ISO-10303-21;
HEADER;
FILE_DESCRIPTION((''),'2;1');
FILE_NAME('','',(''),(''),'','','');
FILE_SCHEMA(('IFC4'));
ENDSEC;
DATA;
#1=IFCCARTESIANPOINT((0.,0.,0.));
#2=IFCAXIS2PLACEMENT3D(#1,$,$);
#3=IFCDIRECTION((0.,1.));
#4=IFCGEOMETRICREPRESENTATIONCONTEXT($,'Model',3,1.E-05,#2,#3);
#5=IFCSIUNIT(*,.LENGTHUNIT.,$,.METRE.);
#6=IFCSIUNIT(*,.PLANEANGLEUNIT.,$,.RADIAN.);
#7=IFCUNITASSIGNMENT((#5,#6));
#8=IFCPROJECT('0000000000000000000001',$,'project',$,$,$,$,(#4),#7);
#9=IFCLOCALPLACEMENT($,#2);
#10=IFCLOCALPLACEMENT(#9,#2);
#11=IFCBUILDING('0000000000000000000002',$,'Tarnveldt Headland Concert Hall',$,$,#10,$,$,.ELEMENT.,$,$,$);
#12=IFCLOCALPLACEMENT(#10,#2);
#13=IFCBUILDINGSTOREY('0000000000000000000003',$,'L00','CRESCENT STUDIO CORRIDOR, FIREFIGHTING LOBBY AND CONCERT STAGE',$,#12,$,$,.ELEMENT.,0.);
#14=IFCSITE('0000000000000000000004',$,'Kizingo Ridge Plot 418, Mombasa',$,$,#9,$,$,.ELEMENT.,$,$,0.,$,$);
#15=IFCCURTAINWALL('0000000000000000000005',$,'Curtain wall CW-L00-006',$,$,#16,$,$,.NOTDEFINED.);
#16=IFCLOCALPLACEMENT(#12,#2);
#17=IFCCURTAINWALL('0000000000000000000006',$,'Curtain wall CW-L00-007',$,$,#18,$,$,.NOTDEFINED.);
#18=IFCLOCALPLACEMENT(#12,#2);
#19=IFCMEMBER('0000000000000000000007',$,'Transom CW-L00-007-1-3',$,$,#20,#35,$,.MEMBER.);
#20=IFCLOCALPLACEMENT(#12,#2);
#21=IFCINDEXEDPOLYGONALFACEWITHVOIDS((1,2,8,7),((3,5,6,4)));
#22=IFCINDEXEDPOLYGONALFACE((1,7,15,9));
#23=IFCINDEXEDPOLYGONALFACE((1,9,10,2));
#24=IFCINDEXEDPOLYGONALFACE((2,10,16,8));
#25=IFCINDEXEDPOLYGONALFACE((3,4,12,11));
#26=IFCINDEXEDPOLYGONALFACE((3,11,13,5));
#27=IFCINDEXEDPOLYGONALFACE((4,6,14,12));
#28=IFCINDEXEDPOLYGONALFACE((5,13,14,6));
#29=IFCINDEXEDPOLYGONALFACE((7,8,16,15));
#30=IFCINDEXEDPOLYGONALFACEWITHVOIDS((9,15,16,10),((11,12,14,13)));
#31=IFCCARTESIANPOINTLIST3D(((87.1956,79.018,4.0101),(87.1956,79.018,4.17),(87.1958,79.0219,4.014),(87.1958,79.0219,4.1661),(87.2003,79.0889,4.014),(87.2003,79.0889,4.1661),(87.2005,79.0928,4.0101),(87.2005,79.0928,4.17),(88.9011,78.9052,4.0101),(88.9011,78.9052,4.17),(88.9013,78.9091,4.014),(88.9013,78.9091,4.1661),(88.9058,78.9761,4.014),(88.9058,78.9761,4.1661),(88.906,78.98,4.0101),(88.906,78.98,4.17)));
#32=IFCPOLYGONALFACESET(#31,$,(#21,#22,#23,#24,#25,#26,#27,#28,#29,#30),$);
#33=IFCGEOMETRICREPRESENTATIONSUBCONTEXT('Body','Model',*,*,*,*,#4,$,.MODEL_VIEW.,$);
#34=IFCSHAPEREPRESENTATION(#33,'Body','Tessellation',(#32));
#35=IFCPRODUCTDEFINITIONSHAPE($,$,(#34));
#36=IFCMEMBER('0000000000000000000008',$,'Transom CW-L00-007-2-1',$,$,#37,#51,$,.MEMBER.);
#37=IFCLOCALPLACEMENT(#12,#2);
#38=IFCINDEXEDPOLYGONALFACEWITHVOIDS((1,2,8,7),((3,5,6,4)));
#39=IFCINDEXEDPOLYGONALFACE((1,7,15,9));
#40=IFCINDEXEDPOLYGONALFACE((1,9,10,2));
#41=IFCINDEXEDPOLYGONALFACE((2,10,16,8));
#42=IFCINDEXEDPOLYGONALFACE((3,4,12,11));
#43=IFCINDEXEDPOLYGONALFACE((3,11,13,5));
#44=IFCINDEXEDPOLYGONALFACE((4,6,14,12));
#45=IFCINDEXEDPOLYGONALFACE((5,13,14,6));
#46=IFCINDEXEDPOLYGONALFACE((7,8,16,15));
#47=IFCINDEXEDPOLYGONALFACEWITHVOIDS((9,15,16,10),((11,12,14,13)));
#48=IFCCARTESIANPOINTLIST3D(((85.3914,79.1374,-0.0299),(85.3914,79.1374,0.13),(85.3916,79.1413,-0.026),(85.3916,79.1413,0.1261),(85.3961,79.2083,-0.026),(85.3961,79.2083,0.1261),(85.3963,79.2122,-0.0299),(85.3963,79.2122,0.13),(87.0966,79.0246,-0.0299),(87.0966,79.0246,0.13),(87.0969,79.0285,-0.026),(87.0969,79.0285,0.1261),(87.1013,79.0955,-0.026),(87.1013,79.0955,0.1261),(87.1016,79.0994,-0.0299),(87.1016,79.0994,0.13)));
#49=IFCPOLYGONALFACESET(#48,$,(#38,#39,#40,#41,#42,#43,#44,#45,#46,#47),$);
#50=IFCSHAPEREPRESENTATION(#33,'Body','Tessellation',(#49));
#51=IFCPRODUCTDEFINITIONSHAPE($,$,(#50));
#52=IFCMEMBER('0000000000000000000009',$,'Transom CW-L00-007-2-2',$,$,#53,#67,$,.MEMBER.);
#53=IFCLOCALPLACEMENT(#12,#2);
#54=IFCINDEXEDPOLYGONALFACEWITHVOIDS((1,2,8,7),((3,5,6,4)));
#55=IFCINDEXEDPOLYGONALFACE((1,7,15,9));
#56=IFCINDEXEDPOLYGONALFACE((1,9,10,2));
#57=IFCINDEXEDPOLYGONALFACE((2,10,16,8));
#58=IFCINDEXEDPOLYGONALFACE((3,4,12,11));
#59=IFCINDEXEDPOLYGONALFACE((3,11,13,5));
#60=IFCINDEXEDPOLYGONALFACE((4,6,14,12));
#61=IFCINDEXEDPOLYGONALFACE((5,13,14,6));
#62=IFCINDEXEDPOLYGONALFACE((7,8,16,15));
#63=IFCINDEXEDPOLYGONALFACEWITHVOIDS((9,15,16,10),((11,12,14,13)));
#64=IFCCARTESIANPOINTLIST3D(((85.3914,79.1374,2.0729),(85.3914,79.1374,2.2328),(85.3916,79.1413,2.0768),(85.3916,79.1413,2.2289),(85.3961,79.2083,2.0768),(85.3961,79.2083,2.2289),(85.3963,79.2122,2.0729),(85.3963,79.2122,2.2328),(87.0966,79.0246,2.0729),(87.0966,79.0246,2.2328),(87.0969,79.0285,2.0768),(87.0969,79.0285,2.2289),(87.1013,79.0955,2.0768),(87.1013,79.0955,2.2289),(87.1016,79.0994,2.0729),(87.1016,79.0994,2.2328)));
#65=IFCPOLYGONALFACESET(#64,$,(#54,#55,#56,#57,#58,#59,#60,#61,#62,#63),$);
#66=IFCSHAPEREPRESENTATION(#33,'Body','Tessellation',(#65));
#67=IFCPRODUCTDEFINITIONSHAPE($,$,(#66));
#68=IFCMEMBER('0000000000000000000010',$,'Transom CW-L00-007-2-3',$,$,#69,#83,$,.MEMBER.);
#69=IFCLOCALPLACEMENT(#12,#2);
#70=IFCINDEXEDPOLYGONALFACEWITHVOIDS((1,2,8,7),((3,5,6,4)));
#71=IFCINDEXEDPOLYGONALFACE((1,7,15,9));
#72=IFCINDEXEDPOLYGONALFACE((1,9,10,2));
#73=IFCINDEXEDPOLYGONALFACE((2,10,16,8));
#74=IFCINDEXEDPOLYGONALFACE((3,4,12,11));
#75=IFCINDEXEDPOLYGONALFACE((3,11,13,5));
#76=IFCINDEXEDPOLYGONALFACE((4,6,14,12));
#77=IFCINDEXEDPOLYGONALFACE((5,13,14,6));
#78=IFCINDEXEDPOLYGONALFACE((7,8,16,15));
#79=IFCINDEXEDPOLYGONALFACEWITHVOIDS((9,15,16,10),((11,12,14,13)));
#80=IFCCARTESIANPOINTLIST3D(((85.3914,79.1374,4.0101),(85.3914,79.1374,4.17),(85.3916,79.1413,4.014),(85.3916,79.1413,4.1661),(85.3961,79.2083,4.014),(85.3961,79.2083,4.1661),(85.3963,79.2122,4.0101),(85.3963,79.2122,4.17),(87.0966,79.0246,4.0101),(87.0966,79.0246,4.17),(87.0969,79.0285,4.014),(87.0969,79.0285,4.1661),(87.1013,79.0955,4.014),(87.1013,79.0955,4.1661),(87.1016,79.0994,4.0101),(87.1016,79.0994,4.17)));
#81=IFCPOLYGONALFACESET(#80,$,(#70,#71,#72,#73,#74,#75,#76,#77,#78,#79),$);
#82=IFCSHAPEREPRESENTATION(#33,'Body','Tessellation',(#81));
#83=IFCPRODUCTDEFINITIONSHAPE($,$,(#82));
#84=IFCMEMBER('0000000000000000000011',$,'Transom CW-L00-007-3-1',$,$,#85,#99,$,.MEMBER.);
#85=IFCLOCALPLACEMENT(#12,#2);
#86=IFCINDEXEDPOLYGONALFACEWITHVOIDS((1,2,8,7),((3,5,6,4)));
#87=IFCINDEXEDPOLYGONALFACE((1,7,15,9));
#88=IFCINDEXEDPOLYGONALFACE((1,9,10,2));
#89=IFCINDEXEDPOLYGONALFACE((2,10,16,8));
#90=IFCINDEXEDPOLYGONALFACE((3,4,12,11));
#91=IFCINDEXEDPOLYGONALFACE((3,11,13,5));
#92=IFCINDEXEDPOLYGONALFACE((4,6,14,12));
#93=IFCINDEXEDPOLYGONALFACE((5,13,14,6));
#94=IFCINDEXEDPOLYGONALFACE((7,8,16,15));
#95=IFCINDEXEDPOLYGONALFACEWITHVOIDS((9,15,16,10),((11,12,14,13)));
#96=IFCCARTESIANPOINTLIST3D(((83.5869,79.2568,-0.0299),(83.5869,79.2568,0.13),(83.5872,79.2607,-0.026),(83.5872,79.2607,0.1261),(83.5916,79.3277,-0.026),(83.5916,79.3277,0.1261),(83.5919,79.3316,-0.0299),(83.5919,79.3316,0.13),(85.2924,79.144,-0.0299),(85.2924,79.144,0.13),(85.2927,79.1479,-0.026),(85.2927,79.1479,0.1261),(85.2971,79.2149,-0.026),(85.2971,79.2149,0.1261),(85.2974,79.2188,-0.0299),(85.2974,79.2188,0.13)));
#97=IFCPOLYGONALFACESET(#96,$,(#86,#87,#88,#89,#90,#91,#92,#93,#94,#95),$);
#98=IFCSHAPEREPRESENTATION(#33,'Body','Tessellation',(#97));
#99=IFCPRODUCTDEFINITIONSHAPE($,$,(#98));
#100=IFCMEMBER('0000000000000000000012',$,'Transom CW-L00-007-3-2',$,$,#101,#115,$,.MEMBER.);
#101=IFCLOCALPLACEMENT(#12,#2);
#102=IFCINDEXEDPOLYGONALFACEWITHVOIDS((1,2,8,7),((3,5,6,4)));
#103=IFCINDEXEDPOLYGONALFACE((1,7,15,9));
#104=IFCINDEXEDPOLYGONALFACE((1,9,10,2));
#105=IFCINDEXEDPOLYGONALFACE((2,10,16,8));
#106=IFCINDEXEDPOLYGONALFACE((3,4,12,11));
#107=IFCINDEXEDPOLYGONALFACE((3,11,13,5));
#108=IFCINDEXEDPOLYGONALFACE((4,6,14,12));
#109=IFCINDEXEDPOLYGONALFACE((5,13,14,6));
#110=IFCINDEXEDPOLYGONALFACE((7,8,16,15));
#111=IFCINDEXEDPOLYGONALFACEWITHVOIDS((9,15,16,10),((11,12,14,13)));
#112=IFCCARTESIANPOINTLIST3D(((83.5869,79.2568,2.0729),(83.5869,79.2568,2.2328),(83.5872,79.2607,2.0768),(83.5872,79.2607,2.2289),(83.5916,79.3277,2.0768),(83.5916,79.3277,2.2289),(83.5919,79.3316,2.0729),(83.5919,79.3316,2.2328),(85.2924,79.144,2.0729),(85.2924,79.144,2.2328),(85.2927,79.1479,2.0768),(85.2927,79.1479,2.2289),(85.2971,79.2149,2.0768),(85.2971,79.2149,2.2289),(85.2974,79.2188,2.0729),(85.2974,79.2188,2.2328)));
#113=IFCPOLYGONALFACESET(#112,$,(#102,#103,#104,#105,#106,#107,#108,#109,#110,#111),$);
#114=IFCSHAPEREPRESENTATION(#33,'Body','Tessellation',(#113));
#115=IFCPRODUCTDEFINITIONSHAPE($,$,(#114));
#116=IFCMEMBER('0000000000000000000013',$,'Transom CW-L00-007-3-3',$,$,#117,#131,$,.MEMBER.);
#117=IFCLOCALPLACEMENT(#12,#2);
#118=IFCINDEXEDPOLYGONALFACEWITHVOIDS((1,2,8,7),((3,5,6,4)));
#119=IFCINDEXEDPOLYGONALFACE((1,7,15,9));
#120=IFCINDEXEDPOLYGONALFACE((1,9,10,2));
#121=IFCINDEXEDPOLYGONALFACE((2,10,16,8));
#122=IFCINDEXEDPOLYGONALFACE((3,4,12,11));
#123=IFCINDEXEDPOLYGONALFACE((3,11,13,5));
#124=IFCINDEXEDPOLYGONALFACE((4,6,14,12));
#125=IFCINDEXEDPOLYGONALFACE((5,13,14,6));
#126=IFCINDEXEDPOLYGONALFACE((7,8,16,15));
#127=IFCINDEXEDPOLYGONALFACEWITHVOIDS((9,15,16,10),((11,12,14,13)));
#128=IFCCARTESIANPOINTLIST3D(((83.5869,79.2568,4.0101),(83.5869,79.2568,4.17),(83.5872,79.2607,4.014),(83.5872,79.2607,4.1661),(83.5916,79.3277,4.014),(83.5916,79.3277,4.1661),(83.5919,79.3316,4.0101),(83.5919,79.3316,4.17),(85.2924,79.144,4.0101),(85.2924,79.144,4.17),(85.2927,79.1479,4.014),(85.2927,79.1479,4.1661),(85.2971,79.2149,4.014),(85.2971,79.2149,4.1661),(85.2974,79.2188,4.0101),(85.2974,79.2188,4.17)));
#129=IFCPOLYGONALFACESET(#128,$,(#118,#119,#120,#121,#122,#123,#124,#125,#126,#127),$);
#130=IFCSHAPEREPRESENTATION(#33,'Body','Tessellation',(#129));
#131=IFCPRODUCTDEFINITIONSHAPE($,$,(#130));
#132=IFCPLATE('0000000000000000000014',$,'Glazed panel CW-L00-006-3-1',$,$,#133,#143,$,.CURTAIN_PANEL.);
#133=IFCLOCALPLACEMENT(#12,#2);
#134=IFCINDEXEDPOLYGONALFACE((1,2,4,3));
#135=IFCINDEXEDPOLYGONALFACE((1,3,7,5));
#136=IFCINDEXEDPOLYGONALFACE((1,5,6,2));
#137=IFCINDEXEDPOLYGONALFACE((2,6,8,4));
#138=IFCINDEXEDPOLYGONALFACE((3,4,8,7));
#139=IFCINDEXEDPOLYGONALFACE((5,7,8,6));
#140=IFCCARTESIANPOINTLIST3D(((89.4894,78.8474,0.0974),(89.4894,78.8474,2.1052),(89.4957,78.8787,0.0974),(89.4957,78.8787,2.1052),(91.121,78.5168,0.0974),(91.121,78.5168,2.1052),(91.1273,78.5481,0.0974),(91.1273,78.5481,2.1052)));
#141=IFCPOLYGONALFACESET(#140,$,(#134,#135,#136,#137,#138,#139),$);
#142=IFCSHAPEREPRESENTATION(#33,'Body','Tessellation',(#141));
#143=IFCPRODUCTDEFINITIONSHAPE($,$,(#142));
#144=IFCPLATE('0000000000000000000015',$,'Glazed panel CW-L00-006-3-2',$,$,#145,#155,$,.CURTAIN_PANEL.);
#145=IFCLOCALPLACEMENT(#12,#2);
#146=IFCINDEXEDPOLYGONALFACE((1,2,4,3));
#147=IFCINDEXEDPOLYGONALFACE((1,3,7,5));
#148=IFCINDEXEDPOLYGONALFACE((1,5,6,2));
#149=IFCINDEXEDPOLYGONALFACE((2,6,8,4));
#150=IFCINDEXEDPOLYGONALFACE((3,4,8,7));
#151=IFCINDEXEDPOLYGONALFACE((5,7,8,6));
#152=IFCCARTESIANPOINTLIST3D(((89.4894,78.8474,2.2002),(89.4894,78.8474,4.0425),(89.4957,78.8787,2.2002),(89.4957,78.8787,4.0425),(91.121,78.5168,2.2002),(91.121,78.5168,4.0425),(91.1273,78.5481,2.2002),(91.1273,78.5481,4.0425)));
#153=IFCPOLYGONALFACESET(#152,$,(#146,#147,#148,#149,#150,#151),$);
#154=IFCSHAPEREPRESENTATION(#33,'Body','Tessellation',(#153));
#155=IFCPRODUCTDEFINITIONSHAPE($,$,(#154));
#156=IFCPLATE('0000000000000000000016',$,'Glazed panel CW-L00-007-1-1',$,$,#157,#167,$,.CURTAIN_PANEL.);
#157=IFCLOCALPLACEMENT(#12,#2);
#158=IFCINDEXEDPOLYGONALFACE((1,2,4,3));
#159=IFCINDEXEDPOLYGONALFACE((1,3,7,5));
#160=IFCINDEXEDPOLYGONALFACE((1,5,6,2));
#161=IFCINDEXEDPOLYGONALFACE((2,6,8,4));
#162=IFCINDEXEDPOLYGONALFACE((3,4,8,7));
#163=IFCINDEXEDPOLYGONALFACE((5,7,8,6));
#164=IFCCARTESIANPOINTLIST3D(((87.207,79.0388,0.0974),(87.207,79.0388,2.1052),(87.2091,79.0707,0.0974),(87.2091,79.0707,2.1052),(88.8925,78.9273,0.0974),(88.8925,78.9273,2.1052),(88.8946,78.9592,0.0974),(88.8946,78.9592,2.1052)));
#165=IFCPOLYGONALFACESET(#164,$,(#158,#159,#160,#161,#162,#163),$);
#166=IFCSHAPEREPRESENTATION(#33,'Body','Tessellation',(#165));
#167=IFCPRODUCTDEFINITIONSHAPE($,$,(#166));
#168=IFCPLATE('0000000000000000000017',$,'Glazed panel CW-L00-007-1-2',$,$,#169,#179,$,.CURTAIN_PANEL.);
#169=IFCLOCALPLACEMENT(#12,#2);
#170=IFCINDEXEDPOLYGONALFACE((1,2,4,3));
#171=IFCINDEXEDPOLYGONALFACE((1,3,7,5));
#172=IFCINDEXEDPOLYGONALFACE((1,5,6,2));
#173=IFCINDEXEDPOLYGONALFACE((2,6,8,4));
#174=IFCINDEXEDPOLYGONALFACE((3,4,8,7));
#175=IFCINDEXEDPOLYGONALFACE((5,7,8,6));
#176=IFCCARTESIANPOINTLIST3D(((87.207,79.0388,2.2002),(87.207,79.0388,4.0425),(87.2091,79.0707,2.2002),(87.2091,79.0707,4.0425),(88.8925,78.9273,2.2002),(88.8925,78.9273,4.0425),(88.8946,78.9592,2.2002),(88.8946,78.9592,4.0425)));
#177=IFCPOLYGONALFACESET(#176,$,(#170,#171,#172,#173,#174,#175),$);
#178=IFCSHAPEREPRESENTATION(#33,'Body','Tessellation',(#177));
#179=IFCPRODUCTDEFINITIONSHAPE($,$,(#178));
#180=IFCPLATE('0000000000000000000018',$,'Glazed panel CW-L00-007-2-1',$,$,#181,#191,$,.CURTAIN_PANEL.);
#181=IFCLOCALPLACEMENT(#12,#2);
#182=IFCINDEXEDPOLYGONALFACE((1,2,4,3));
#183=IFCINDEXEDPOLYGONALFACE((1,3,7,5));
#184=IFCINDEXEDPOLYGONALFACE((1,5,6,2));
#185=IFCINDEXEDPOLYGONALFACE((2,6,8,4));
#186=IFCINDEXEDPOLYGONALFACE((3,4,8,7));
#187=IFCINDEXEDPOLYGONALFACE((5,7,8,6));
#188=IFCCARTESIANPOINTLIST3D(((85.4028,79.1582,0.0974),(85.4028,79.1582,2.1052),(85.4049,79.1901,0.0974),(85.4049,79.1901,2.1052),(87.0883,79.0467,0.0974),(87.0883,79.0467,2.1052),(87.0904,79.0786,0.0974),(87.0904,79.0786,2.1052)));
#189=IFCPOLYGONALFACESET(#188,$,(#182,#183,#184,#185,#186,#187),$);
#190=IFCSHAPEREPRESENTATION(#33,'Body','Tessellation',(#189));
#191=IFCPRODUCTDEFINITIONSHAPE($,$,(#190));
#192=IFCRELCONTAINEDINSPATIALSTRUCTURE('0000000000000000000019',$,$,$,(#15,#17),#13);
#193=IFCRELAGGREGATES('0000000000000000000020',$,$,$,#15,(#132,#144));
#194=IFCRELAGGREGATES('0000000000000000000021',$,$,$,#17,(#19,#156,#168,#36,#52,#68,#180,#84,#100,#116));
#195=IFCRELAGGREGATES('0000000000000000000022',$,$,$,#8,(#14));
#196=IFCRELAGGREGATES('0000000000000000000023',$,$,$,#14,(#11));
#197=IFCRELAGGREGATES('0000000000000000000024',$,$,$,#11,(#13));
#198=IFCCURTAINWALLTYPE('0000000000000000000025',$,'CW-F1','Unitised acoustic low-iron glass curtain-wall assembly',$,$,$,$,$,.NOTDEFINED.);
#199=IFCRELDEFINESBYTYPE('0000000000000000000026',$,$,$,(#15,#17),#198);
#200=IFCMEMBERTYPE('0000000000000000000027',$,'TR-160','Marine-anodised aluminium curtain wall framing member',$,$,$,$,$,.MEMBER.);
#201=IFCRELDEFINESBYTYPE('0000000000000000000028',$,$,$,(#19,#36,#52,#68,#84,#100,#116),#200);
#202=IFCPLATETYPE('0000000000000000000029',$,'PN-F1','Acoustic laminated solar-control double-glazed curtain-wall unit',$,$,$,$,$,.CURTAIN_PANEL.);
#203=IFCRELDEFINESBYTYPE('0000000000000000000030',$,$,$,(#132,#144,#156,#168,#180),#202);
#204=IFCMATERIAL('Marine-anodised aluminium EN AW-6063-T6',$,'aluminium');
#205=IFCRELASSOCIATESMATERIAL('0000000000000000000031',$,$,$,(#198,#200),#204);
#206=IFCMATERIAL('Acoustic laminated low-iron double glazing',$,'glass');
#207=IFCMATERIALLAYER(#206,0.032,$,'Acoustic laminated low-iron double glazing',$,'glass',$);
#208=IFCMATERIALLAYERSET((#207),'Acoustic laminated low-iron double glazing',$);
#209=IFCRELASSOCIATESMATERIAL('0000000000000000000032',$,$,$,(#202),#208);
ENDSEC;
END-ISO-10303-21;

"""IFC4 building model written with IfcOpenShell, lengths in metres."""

from ifc_helpers import new_model, si_unit, direction, frame, origin, origin_2d, place, context, subcontext, project, spatial, rectangle, hollow_rectangle, extrude, material, layer, layer_set, material_profile, profile_set, type_object, element, aggregate, save


model = new_model("IFC4")

# Units and contexts
model_context = context("Model", 3, precision=1e-05, world=origin(), true_north=direction((0.0, 1.0)))
body_context = subcontext(model_context, "Body", "Model", "MODEL_VIEW")
ifc_project = project(units=[si_unit("LENGTHUNIT", "METRE"), si_unit("PLANEANGLEUNIT", "RADIAN")], contexts=[model_context])

# Site, building, storey
site_placement = place(None, origin())
site = spatial("IfcSite", under=ifc_project, at=site_placement, Name="Kizingo Ridge Plot 418, Mombasa", CompositionType="ELEMENT", RefElevation=0.0)
building_placement = place(site_placement, origin())
building = spatial("IfcBuilding", under=site, at=building_placement, Name="Tarnveldt Headland Concert Hall", CompositionType="ELEMENT")
storey_placement = place(building_placement, origin())
storey = spatial("IfcBuildingStorey", under=building, at=storey_placement, Name="L00", Description="CRESCENT STUDIO CORRIDOR, FIREFIGHTING LOBBY AND CONCERT STAGE", CompositionType="ELEMENT", Elevation=0.0)

# Curtain walls
ifc_material_1 = material(Name="Marine-anodised aluminium EN AW-6063-T6", Category="aluminium")
curtain_wall_type = type_object("IfcCurtainWallType", Name="CW-F1", Description="Unitised acoustic low-iron glass curtain-wall assembly", PredefinedType="NOTDEFINED", material=ifc_material_1)
curtain_wall_1_placement = place(storey_placement, origin())
curtain_wall_1 = element("IfcCurtainWall", 1, at=curtain_wall_1_placement, inside=storey, type_object=curtain_wall_type, Name="Curtain wall CW-L00-006", PredefinedType="NOTDEFINED")
curtain_wall_2_placement = place(storey_placement, origin())
curtain_wall_2 = element("IfcCurtainWall", 2, at=curtain_wall_2_placement, inside=storey, type_object=curtain_wall_type, Name="Curtain wall CW-L00-007", PredefinedType="NOTDEFINED")

# Members
ifc_material_profile_1 = material_profile(ifc_material_1, hollow_rectangle(XDim=0.075, YDim=0.1599, WallThickness=0.0039, at=origin_2d()), Name="ALU TRANSOM 75x160x4", Category="aluminium")
ifc_profile_set_1 = profile_set([ifc_material_profile_1], Name="Marine-anodised aluminium EN AW-6063-T6")
member_type_1 = type_object("IfcMemberType", Name="TR-160", Description="Marine-anodised aluminium curtain wall framing member", PredefinedType="MEMBER", material=ifc_profile_set_1)
member_1_placement = place(storey_placement, frame((88.9036, 78.9426, 4.0901), z_axis=(-0.99782, 0.065988, 0.0), x_axis=(-0.065988, -0.99782, 0.0)))
member_1 = element("IfcMember", 3, at=member_1_placement, type_object=member_type_1, Name="Transom CW-L00-007-1-3", PredefinedType="MEMBER", context=body_context, shape_type="SweptSolid", body=[
    extrude(hollow_rectangle(XDim=0.075, YDim=0.1599, WallThickness=0.0039, at=origin_2d()), origin(), (0.0, 0.0, 1.0), 1.7092),
])
member_2_placement = place(storey_placement, frame((87.0991, 79.062, 0.05), z_axis=(-0.99782, 0.065998, 0.0), x_axis=(-0.065998, -0.99782, 0.0)))
member_2 = element("IfcMember", 4, at=member_2_placement, type_object=member_type_1, Name="Transom CW-L00-007-2-1", PredefinedType="MEMBER", context=body_context, shape_type="SweptSolid", body=[
    extrude(hollow_rectangle(XDim=0.075, YDim=0.1599, WallThickness=0.0039, at=origin_2d()), origin(), (0.0, 0.0, 1.0), 1.709),
])
member_3_placement = place(storey_placement, frame((87.0991, 79.062, 2.1528), z_axis=(-0.99782, 0.065998, 0.0), x_axis=(-0.065998, -0.99782, 0.0)))
member_3 = element("IfcMember", 5, at=member_3_placement, type_object=member_type_1, Name="Transom CW-L00-007-2-2", PredefinedType="MEMBER", context=body_context, shape_type="SweptSolid", body=[
    extrude(hollow_rectangle(XDim=0.075, YDim=0.1599, WallThickness=0.0039, at=origin_2d()), origin(), (0.0, 0.0, 1.0), 1.709),
])
member_4_placement = place(storey_placement, frame((87.0991, 79.062, 4.0901), z_axis=(-0.99782, 0.065998, 0.0), x_axis=(-0.065998, -0.99782, 0.0)))
member_4 = element("IfcMember", 6, at=member_4_placement, type_object=member_type_1, Name="Transom CW-L00-007-2-3", PredefinedType="MEMBER", context=body_context, shape_type="SweptSolid", body=[
    extrude(hollow_rectangle(XDim=0.075, YDim=0.1599, WallThickness=0.0039, at=origin_2d()), origin(), (0.0, 0.0, 1.0), 1.709),
])
member_5_placement = place(storey_placement, frame((85.2949, 79.1814, 0.05), z_axis=(-0.99782, 0.065988, 0.0), x_axis=(-0.065988, -0.99782, 0.0)))
member_5 = element("IfcMember", 7, at=member_5_placement, type_object=member_type_1, Name="Transom CW-L00-007-3-1", PredefinedType="MEMBER", context=body_context, shape_type="SweptSolid", body=[
    extrude(hollow_rectangle(XDim=0.075, YDim=0.1599, WallThickness=0.0039, at=origin_2d()), origin(), (0.0, 0.0, 1.0), 1.7092),
])
member_6_placement = place(storey_placement, frame((85.2949, 79.1814, 2.1528), z_axis=(-0.99782, 0.065988, 0.0), x_axis=(-0.065988, -0.99782, 0.0)))
member_6 = element("IfcMember", 8, at=member_6_placement, type_object=member_type_1, Name="Transom CW-L00-007-3-2", PredefinedType="MEMBER", context=body_context, shape_type="SweptSolid", body=[
    extrude(hollow_rectangle(XDim=0.075, YDim=0.1599, WallThickness=0.0039, at=origin_2d()), origin(), (0.0, 0.0, 1.0), 1.7092),
])
member_7_placement = place(storey_placement, frame((85.2949, 79.1814, 4.0901), z_axis=(-0.99782, 0.065988, 0.0), x_axis=(-0.065988, -0.99782, 0.0)))
member_7 = element("IfcMember", 9, at=member_7_placement, type_object=member_type_1, Name="Transom CW-L00-007-3-3", PredefinedType="MEMBER", context=body_context, shape_type="SweptSolid", body=[
    extrude(hollow_rectangle(XDim=0.075, YDim=0.1599, WallThickness=0.0039, at=origin_2d()), origin(), (0.0, 0.0, 1.0), 1.7092),
])

# Plates
ifc_material_2 = material(Name="Acoustic laminated low-iron double glazing", Category="glass")
ifc_layer_1 = layer(ifc_material_2, 0.032, Name="Acoustic laminated low-iron double glazing", Category="glass")
ifc_layer_set_1 = layer_set([ifc_layer_1], Name="Acoustic laminated low-iron double glazing")
plate_type = type_object("IfcPlateType", Name="PN-F1", Description="Acoustic laminated solar-control double-glazed curtain-wall unit", PredefinedType="CURTAIN_PANEL", material=ifc_layer_set_1)
plate_1_placement = place(storey_placement, frame((90.3083, 78.6978, 0.0974), z_axis=(0.0, 0.0, 1.0), x_axis=(-0.980088, 0.198564, 0.0)))
plate_1 = element("IfcPlate", 10, at=plate_1_placement, type_object=plate_type, Name="Glazed panel CW-L00-006-3-1", PredefinedType="CURTAIN_PANEL", context=body_context, shape_type="SweptSolid", body=[
    extrude(rectangle(XDim=1.6648, YDim=0.032, at=origin_2d()), origin(), (0.0, 0.0, 1.0), 2.0078),
])
plate_2_placement = place(storey_placement, frame((90.3083, 78.6978, 2.2002), z_axis=(0.0, 0.0, 1.0), x_axis=(-0.980088, 0.198564, 0.0)))
plate_2 = element("IfcPlate", 11, at=plate_2_placement, type_object=plate_type, Name="Glazed panel CW-L00-006-3-2", PredefinedType="CURTAIN_PANEL", context=body_context, shape_type="SweptSolid", body=[
    extrude(rectangle(XDim=1.6648, YDim=0.032, at=origin_2d()), origin(), (0.0, 0.0, 1.0), 1.8423),
])
aggregate(curtain_wall_1, [plate_1, plate_2])
plate_3_placement = place(storey_placement, frame((88.0508, 78.999, 0.0974), z_axis=(0.0, 0.0, 1.0), x_axis=(-0.997819, 0.066013, 0.0)))
plate_3 = element("IfcPlate", 12, at=plate_3_placement, type_object=plate_type, Name="Glazed panel CW-L00-007-1-1", PredefinedType="CURTAIN_PANEL", context=body_context, shape_type="SweptSolid", body=[
    extrude(rectangle(XDim=1.6892, YDim=0.032, at=origin_2d()), origin(), (0.0, 0.0, 1.0), 2.0078),
])
plate_4_placement = place(storey_placement, frame((88.0508, 78.999, 2.2002), z_axis=(0.0, 0.0, 1.0), x_axis=(-0.997819, 0.066013, 0.0)))
plate_4 = element("IfcPlate", 13, at=plate_4_placement, type_object=plate_type, Name="Glazed panel CW-L00-007-1-2", PredefinedType="CURTAIN_PANEL", context=body_context, shape_type="SweptSolid", body=[
    extrude(rectangle(XDim=1.6892, YDim=0.032, at=origin_2d()), origin(), (0.0, 0.0, 1.0), 1.8423),
])
plate_5_placement = place(storey_placement, frame((86.2466, 79.1184, 0.0974), z_axis=(0.0, 0.0, 1.0), x_axis=(-0.997819, 0.066013, 0.0)))
plate_5 = element("IfcPlate", 14, at=plate_5_placement, type_object=plate_type, Name="Glazed panel CW-L00-007-2-1", PredefinedType="CURTAIN_PANEL", context=body_context, shape_type="SweptSolid", body=[
    extrude(rectangle(XDim=1.6892, YDim=0.032, at=origin_2d()), origin(), (0.0, 0.0, 1.0), 2.0078),
])
aggregate(curtain_wall_2, [member_1, plate_3, plate_4, member_2, member_3, member_4, plate_5, member_5, member_6, member_7])

save(model, "model.ifc")
